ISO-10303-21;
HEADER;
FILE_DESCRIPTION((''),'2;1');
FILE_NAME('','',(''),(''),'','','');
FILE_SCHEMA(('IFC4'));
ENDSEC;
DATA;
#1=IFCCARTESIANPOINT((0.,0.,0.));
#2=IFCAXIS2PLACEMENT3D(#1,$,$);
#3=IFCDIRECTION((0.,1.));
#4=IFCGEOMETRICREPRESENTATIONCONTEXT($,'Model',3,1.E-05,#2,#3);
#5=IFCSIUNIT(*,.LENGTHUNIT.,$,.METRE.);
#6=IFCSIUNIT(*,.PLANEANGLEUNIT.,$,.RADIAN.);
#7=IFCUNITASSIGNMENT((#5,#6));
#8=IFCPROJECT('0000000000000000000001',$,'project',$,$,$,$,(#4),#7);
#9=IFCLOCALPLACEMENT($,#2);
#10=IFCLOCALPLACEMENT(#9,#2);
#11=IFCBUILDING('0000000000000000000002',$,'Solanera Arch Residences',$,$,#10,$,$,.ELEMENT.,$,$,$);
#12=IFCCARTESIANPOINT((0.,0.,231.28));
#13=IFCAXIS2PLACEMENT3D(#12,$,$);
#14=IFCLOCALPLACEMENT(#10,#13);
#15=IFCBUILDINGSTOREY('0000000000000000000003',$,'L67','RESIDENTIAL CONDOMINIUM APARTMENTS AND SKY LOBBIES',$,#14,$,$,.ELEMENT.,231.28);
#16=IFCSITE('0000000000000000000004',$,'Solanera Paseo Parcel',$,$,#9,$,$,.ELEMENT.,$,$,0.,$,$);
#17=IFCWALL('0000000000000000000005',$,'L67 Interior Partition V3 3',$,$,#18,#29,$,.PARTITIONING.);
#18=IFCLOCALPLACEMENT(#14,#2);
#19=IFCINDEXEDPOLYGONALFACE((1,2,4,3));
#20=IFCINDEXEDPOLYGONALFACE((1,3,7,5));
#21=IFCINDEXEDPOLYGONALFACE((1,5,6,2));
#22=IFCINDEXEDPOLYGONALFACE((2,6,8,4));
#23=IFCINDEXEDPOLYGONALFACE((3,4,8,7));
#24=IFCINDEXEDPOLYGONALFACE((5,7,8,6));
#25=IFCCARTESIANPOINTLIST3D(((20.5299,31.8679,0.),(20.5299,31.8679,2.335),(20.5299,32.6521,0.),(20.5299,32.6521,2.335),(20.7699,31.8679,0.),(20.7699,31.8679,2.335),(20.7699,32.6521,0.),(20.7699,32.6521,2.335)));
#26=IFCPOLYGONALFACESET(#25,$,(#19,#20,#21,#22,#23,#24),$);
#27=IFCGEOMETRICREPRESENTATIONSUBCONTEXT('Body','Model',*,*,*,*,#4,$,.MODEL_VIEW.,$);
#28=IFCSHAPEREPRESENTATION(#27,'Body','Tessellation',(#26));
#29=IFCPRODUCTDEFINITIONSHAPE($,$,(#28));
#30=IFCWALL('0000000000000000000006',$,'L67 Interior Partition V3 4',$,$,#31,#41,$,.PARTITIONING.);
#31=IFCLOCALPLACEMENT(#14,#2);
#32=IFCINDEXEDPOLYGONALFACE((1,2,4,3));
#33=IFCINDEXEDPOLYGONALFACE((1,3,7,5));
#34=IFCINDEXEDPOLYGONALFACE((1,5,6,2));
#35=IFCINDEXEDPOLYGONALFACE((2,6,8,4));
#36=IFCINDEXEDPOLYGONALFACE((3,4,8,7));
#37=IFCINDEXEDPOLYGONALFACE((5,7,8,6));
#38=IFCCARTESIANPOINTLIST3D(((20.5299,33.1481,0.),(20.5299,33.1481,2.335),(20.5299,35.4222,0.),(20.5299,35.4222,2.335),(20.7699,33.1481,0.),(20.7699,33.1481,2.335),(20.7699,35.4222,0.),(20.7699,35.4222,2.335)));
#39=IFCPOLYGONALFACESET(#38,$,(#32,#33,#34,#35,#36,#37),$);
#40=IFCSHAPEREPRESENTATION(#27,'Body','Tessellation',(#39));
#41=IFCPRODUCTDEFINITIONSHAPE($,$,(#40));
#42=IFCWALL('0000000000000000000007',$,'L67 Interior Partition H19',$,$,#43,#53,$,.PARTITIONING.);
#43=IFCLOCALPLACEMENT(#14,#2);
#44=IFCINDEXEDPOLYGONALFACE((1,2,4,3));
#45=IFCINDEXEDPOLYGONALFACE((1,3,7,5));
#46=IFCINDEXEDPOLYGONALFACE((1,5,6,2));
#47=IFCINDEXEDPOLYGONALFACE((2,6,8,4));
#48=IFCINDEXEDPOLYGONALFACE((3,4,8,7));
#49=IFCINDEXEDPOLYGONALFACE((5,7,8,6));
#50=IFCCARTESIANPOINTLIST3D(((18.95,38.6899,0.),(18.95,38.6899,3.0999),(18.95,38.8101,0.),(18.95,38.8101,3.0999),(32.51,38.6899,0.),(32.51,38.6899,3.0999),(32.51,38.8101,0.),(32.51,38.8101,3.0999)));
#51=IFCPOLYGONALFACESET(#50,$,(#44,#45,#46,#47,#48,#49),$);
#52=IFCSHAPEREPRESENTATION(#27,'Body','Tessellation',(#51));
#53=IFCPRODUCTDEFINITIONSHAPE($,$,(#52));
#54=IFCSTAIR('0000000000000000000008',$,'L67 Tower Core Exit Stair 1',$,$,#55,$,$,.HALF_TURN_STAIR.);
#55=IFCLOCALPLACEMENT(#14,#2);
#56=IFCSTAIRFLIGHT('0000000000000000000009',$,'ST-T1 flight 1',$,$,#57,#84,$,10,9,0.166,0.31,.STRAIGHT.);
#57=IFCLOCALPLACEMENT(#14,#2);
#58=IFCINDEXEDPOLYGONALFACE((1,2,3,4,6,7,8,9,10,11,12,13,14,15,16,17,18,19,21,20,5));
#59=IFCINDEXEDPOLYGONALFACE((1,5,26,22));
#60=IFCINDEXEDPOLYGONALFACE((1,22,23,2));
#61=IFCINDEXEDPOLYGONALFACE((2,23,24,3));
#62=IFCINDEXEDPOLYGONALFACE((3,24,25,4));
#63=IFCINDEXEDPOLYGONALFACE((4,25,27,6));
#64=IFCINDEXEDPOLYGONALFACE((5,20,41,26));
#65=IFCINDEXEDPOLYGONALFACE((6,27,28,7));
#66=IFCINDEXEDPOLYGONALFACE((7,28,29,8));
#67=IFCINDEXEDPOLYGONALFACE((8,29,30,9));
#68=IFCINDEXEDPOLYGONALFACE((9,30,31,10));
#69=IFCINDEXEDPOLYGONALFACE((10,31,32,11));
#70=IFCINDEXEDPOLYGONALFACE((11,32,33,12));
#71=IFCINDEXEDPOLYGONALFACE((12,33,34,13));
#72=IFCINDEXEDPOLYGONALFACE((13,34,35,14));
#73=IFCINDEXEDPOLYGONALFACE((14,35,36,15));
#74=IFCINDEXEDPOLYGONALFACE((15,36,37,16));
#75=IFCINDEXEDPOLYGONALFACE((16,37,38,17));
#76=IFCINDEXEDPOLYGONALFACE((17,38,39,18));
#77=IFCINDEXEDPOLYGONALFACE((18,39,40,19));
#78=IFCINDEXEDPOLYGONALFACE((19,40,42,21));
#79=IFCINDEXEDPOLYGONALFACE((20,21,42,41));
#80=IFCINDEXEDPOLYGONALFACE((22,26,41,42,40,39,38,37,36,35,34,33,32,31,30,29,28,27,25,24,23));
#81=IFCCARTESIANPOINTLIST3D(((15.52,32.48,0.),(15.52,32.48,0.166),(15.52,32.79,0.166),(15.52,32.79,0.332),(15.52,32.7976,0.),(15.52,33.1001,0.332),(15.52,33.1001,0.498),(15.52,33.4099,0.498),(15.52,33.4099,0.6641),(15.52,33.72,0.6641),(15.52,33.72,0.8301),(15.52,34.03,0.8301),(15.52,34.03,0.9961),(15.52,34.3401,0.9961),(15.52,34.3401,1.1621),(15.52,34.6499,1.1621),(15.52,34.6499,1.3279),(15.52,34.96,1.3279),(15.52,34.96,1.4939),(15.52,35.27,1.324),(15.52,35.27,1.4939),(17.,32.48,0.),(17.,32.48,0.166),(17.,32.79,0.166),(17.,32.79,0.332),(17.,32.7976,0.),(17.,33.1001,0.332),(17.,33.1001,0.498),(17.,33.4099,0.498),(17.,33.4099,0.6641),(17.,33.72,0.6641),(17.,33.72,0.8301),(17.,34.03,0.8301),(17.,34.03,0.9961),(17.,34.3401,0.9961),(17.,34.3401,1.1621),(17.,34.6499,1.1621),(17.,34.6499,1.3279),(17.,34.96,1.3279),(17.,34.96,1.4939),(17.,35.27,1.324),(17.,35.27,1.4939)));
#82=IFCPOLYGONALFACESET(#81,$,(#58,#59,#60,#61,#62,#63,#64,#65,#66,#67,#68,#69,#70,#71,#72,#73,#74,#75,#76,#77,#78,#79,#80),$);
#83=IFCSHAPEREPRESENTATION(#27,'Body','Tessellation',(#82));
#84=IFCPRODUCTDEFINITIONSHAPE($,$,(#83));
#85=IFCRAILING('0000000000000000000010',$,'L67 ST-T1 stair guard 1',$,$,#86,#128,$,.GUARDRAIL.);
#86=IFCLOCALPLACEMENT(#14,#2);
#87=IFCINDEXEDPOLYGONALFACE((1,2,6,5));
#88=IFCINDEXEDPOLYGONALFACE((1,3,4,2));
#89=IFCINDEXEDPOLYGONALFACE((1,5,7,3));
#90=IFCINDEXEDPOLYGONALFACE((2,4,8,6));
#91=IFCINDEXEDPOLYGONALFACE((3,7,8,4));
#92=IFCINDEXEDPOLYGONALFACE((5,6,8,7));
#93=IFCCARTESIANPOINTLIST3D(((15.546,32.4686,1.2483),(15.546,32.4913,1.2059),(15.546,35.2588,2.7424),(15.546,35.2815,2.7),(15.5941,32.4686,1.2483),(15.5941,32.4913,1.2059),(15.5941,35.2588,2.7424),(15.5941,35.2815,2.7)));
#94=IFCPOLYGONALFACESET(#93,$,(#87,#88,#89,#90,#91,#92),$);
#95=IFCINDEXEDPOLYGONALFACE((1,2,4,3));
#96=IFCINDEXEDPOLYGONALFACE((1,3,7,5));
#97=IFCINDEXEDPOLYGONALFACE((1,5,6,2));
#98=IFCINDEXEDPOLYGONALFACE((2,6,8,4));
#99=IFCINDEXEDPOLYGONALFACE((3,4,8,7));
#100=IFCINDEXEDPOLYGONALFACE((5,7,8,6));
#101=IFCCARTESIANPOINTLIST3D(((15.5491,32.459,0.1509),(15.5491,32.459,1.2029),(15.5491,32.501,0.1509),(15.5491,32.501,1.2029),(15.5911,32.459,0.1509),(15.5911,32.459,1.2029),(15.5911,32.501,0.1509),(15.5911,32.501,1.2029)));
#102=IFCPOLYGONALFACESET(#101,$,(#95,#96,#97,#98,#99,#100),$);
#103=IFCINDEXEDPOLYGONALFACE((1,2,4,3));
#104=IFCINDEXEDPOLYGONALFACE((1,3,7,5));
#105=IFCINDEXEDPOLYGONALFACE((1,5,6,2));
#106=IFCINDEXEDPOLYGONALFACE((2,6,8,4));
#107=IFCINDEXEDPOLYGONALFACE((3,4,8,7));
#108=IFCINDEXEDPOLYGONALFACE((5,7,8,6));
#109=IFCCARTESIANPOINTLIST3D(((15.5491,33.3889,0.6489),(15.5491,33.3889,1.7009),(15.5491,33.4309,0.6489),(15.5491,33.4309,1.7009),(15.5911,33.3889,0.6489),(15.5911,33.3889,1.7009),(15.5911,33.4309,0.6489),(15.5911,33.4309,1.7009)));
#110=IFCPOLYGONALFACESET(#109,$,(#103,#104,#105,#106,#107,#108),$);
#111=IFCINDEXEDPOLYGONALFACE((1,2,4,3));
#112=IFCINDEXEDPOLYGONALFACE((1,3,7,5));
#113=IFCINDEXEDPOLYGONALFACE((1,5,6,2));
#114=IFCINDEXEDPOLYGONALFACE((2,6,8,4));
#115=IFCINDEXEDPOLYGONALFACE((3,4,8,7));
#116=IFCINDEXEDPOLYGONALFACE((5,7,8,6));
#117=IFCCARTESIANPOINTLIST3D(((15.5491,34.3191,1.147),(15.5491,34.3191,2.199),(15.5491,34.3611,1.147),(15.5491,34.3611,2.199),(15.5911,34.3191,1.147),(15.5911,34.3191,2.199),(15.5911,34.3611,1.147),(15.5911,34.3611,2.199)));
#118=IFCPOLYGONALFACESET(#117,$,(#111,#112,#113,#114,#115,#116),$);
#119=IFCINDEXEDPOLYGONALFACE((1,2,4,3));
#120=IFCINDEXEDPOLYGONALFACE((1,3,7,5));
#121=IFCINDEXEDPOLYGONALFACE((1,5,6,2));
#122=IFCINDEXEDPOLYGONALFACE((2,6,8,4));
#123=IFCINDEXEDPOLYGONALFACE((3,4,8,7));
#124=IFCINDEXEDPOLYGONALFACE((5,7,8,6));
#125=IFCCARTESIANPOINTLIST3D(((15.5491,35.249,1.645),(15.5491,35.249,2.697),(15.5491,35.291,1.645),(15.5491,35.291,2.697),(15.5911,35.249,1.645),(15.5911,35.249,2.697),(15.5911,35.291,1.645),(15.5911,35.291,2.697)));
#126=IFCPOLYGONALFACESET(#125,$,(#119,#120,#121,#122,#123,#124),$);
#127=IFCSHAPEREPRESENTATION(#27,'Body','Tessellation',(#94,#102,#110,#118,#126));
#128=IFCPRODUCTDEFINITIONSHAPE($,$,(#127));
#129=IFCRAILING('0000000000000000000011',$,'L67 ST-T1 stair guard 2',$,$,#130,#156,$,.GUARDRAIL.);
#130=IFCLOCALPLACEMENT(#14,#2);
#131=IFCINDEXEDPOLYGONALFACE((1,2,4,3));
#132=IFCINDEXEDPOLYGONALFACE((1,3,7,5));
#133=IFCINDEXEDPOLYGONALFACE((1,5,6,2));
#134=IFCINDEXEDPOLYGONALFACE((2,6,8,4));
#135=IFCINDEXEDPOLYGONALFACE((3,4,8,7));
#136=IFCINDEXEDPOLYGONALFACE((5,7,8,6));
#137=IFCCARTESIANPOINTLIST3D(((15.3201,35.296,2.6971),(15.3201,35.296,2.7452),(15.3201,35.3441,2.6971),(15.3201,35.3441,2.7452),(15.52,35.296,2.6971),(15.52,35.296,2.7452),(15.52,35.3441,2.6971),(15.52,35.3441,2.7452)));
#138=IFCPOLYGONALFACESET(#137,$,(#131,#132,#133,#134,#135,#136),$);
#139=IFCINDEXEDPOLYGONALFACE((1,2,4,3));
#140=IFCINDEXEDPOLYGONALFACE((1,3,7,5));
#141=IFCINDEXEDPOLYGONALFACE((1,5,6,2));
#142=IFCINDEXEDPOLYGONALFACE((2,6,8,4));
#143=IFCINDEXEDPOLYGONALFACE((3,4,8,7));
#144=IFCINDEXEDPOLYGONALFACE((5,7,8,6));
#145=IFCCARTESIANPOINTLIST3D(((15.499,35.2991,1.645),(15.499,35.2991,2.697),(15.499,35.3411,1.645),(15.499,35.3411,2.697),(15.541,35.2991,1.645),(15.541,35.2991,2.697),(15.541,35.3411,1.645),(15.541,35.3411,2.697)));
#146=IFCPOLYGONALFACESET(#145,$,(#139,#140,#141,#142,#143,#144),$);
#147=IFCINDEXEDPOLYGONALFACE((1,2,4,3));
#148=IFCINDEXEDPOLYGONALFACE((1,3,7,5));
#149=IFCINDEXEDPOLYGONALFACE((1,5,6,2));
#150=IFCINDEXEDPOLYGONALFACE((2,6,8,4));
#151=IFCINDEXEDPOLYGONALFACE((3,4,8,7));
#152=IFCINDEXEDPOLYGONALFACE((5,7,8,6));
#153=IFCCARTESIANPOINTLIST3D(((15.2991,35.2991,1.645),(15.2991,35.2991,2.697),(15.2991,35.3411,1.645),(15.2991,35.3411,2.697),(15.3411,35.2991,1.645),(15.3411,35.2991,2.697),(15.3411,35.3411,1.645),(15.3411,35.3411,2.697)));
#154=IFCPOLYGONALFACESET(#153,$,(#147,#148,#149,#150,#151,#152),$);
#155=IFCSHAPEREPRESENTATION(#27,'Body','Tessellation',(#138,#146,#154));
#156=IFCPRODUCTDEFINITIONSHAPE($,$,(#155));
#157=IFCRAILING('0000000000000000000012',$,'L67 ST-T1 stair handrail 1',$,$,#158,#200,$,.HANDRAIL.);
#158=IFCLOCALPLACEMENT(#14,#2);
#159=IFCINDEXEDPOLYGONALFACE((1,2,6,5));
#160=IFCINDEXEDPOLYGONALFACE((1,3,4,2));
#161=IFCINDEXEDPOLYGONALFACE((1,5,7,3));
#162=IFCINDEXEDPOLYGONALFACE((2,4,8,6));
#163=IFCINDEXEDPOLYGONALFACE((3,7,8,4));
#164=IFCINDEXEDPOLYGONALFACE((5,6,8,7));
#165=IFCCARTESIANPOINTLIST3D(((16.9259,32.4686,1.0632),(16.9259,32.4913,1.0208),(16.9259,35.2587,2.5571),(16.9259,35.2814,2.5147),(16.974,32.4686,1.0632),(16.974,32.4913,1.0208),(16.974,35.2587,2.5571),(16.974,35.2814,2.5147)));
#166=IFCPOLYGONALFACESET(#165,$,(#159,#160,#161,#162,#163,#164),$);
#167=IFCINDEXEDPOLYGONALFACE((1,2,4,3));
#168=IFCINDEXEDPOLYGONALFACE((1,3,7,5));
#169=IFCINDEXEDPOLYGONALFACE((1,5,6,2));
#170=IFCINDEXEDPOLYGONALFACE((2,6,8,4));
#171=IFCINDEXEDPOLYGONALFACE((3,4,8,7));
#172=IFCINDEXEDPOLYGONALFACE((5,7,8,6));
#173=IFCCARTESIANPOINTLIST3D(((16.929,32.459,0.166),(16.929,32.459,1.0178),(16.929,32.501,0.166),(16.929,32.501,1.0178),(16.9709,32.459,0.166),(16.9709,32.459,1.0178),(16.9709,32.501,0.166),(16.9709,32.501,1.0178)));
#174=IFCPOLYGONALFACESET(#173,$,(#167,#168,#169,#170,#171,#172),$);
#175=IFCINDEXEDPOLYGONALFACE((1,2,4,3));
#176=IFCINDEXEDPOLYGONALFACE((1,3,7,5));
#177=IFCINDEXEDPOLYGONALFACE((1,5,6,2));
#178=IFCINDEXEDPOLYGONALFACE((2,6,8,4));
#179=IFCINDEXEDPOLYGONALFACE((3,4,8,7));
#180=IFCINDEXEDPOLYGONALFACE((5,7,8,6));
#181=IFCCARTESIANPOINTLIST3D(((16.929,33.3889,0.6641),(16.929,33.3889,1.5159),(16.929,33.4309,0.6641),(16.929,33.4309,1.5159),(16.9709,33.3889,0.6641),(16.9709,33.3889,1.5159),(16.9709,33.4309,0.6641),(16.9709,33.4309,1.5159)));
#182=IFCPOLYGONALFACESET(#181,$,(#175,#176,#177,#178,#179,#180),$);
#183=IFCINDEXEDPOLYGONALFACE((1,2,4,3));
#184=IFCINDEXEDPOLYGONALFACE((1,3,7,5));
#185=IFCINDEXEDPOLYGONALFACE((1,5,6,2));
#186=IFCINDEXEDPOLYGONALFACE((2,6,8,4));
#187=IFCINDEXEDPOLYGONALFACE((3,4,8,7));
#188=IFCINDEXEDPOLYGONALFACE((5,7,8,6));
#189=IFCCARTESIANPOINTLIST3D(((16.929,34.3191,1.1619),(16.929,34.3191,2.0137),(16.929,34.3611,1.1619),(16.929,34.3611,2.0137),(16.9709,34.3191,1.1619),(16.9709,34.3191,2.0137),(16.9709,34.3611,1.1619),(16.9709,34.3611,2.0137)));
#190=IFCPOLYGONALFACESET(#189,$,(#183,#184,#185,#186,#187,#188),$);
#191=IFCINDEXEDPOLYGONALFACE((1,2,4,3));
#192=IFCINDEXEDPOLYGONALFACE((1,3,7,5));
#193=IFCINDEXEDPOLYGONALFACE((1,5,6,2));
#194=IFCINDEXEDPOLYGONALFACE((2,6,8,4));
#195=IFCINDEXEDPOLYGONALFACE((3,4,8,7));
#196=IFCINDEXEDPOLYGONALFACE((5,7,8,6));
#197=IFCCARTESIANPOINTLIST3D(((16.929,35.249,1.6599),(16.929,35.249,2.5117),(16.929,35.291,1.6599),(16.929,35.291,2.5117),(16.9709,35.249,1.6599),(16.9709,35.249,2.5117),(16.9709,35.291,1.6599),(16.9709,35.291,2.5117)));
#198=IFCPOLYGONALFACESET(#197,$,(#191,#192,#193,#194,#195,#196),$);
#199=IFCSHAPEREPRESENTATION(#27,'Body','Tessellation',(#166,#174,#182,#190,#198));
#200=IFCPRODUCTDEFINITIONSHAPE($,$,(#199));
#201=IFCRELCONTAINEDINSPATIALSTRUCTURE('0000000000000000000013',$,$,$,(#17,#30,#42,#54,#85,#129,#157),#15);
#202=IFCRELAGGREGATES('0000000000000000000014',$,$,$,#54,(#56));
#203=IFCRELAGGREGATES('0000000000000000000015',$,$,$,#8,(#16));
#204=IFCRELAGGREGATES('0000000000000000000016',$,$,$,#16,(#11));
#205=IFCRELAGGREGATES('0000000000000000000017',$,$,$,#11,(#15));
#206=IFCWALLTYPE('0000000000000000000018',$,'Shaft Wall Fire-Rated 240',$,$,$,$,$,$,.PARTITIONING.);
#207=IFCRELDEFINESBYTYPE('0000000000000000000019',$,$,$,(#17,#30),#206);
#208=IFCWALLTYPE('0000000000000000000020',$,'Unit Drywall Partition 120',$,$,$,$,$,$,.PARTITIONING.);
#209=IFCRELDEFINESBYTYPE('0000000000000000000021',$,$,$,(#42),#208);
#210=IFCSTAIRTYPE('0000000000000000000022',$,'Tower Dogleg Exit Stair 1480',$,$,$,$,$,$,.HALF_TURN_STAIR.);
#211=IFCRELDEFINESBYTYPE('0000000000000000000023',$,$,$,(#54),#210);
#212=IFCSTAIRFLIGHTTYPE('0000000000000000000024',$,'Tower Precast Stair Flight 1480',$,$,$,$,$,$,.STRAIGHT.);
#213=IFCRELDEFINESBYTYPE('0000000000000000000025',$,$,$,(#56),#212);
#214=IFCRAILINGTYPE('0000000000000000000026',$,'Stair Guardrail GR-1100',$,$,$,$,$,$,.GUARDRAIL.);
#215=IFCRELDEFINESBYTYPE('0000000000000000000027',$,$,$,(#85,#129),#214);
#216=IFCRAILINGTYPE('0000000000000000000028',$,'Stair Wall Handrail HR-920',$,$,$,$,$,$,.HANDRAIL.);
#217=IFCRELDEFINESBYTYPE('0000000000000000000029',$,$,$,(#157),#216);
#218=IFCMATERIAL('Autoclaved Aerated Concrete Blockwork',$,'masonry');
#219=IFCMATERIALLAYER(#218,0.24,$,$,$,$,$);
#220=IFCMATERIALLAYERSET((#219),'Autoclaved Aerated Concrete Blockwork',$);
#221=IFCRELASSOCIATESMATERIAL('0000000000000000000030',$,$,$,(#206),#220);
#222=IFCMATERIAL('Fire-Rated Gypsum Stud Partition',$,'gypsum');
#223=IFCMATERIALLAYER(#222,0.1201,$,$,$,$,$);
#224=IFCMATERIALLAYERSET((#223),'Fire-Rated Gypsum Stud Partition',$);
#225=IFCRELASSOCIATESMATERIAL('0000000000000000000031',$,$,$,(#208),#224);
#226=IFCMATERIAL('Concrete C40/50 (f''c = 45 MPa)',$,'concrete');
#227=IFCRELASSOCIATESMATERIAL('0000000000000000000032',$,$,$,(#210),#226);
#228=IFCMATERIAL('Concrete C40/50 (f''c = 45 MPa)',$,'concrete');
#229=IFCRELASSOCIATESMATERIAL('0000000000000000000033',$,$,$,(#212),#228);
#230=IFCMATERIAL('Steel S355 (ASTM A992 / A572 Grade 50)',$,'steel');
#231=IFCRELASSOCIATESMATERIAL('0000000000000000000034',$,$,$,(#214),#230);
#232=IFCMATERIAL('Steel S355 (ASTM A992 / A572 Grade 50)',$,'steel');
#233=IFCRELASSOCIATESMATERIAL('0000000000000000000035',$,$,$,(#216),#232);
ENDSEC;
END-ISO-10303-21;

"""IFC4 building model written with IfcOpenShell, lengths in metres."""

from ifc_helpers import new_model, si_unit, direction, frame, frame_2d, origin, origin_2d, place, context, subcontext, project, spatial, polyline, rectangle, outline, extrude, material, layer, layer_set, type_object, element, aggregate, save


model = new_model("IFC4")

# Units and contexts
model_context = context("Model", 3, precision=1e-05, world=origin(), true_north=direction((0.0, 1.0)))
body_context = subcontext(model_context, "Body", "Model", "MODEL_VIEW")
ifc_project = project(units=[si_unit("LENGTHUNIT", "METRE"), si_unit("PLANEANGLEUNIT", "RADIAN")], contexts=[model_context])

# Site, building, storey
site_placement = place(None, origin())
site = spatial("IfcSite", under=ifc_project, at=site_placement, Name="Solanera Paseo Parcel", CompositionType="ELEMENT", RefElevation=0.0)
building_placement = place(site_placement, origin())
building = spatial("IfcBuilding", under=site, at=building_placement, Name="Solanera Arch Residences", CompositionType="ELEMENT")
storey_placement = place(building_placement, frame((0.0, 0.0, 231.28)))
storey = spatial("IfcBuildingStorey", under=building, at=storey_placement, Name="L67", Description="RESIDENTIAL CONDOMINIUM APARTMENTS AND SKY LOBBIES", CompositionType="ELEMENT", Elevation=231.28)

# Shared definitions
ifc_material_1 = material(Name="Autoclaved Aerated Concrete Blockwork", Category="masonry")
ifc_layer_1 = layer(ifc_material_1, 0.24)
ifc_layer_set_1 = layer_set([ifc_layer_1], Name="Autoclaved Aerated Concrete Blockwork")
wall_type_1 = type_object("IfcWallType", Name="Shaft Wall Fire-Rated 240", PredefinedType="PARTITIONING", material=ifc_layer_set_1)

# Walls
wall_1_placement = place(storey_placement, frame((20.6499, 31.8679, 0.0), z_axis=(0.0, 0.0, 1.0), x_axis=(0.0, 1.0, 0.0)))
element("IfcWall", 1, at=wall_1_placement, inside=storey, type_object=wall_type_1, Name="L67 Interior Partition V3 3", PredefinedType="PARTITIONING", context=body_context, shape_type="SweptSolid", body=[
    extrude(rectangle(XDim=0.7842, YDim=0.24, at=frame_2d((0.3921, 0.0))), origin(), (0.0, 0.0, 1.0), 2.335),
])
wall_2_placement = place(storey_placement, frame((20.6499, 33.1479, 0.0), z_axis=(0.0, 0.0, 1.0), x_axis=(0.0, 1.0, 0.0)))
element("IfcWall", 2, at=wall_2_placement, inside=storey, type_object=wall_type_1, Name="L67 Interior Partition V3 4", PredefinedType="PARTITIONING", context=body_context, shape_type="SweptSolid", body=[
    extrude(rectangle(XDim=2.2742, YDim=0.24, at=frame_2d((1.1372, 0.0))), origin(), (0.0, 0.0, 1.0), 2.335),
])
ifc_material_2 = material(Name="Fire-Rated Gypsum Stud Partition", Category="gypsum")
ifc_layer_2 = layer(ifc_material_2, 0.1201)
ifc_layer_set_2 = layer_set([ifc_layer_2], Name="Fire-Rated Gypsum Stud Partition")
wall_type_2 = type_object("IfcWallType", Name="Unit Drywall Partition 120", PredefinedType="PARTITIONING", material=ifc_layer_set_2)
wall_3_placement = place(storey_placement, frame((18.95, 38.75, 0.0), z_axis=(0.0, 0.0, 1.0), x_axis=(1.0, 0.0, 0.0)))
element("IfcWall", 3, at=wall_3_placement, inside=storey, type_object=wall_type_2, Name="L67 Interior Partition H19", PredefinedType="PARTITIONING", context=body_context, shape_type="SweptSolid", body=[
    extrude(rectangle(XDim=13.5601, YDim=0.1201, at=frame_2d((6.78, 0.0))), origin(), (0.0, 0.0, 1.0), 3.0999),
])

# Stair, stair flight
ifc_material_3 = material(Name="Concrete C40/50 (f'c = 45 MPa)", Category="concrete")
stair_type = type_object("IfcStairType", Name="Tower Dogleg Exit Stair 1480", PredefinedType="HALF_TURN_STAIR", material=ifc_material_3)
stair_placement = place(storey_placement, origin())
stair = element("IfcStair", 4, at=stair_placement, inside=storey, type_object=stair_type, Name="L67 Tower Core Exit Stair 1", PredefinedType="HALF_TURN_STAIR")
ifc_material_4 = material(Name="Concrete C40/50 (f'c = 45 MPa)", Category="concrete")
stair_flight_type = type_object("IfcStairFlightType", Name="Tower Precast Stair Flight 1480", PredefinedType="STRAIGHT", material=ifc_material_4)
stair_flight_placement = place(storey_placement, frame((16.26, 32.48, 0.0), z_axis=(0.0, 0.0, 1.0), x_axis=(0.0, 1.0, 0.0)))
stair_flight = element("IfcStairFlight", 5, at=stair_flight_placement, type_object=stair_flight_type, Name="ST-T1 flight 1", NumberOfRisers=10, NumberOfTreads=9, PredefinedType="STRAIGHT", RiserHeight=0.166, TreadLength=0.31, context=body_context, shape_type="SweptSolid", body=[
    extrude(outline(polyline([(0.0, 0.0), (0.0, 0.166), (0.3101, 0.166), (0.3101, 0.332), (0.6201, 0.332), (0.6201, 0.498), (0.9299, 0.498), (0.9299, 0.6641), (1.24, 0.6641), (1.24, 0.8301), (1.55, 0.8301), (1.55, 0.9961), (1.8601, 0.9961), (1.8601, 1.1621), (2.1699, 1.1621), (2.1699, 1.3279), (2.48, 1.3279), (2.48, 1.4939), (2.79, 1.4939), (2.79, 1.6599), (2.79, 1.324), (0.3176, 0.0), (0.0, 0.0)])), frame((0.0, 0.74, 0.0), z_axis=(0.0, -1.0, 0.0), x_axis=(1.0, 0.0, 0.0)), (0.0, 0.0, 1.0), 1.48),
])
aggregate(stair, [stair_flight])

# Railings
ifc_material_5 = material(Name="Steel S355 (ASTM A992 / A572 Grade 50)", Category="steel")
railing_type_1 = type_object("IfcRailingType", Name="Stair Guardrail GR-1100", PredefinedType="GUARDRAIL", material=ifc_material_5)
railing_1_placement = place(storey_placement, frame((15.5701, 32.48, 0.1509)))
element("IfcRailing", 6, at=railing_1_placement, inside=storey, type_object=railing_type_1, Name="L67 ST-T1 stair guard 1", PredefinedType="GUARDRAIL", context=body_context, shape_type="SweptSolid", body=[
    extrude(rectangle(XDim=0.0481, YDim=0.0481, at=origin_2d()), frame((0.0, 0.0, 1.0762), z_axis=(0.0, 0.881549, 0.472093), x_axis=(-1.0, 0.0, 0.0)), (0.0, 0.0, 1.0), 3.165),
    extrude(rectangle(XDim=0.042, YDim=0.042, at=origin_2d()), origin(), (0.0, 0.0, 1.0), 1.052),
    extrude(rectangle(XDim=0.042, YDim=0.042, at=origin_2d()), frame((0.0, 0.9299, 0.498)), (0.0, 0.0, 1.0), 1.052),
    extrude(rectangle(XDim=0.042, YDim=0.042, at=origin_2d()), frame((0.0, 1.8601, 0.9961)), (0.0, 0.0, 1.0), 1.052),
    extrude(rectangle(XDim=0.042, YDim=0.042, at=origin_2d()), frame((0.0, 2.79, 1.4941)), (0.0, 0.0, 1.0), 1.052),
])
railing_2_placement = place(storey_placement, frame((15.52, 35.3201, 1.645)))
element("IfcRailing", 7, at=railing_2_placement, inside=storey, type_object=railing_type_1, Name="L67 ST-T1 stair guard 2", PredefinedType="GUARDRAIL", context=body_context, shape_type="SweptSolid", body=[
    extrude(rectangle(XDim=0.0481, YDim=0.0481, at=origin_2d()), frame((0.0, 0.0, 1.0762), z_axis=(-1.0, 0.0, 0.0), x_axis=(0.0, -1.0, 0.0)), (0.0, 0.0, 1.0), 0.2),
    extrude(rectangle(XDim=0.042, YDim=0.042, at=origin_2d()), origin(), (0.0, 0.0, 1.0), 1.052),
    extrude(rectangle(XDim=0.042, YDim=0.042, at=origin_2d()), frame((-0.2, 0.0, 0.0)), (0.0, 0.0, 1.0), 1.052),
])
ifc_material_6 = material(Name="Steel S355 (ASTM A992 / A572 Grade 50)", Category="steel")
railing_type_2 = type_object("IfcRailingType", Name="Stair Wall Handrail HR-920", PredefinedType="HANDRAIL", material=ifc_material_6)
railing_3_placement = place(storey_placement, frame((16.95, 32.48, 0.166)))
element("IfcRailing", 8, at=railing_3_placement, inside=storey, type_object=railing_type_2, Name="L67 ST-T1 stair handrail 1", PredefinedType="HANDRAIL", context=body_context, shape_type="SweptSolid", body=[
    extrude(rectangle(XDim=0.0481, YDim=0.0481, at=origin_2d()), frame((0.0, 0.0, 0.876), z_axis=(0.0, 0.881581, 0.472033), x_axis=(-1.0, 0.0, 0.0)), (0.0, 0.0, 1.0), 3.1648),
    extrude(rectangle(XDim=0.042, YDim=0.042, at=origin_2d()), origin(), (0.0, 0.0, 1.0), 0.8518),
    extrude(rectangle(XDim=0.042, YDim=0.042, at=origin_2d()), frame((0.0, 0.9299, 0.498)), (0.0, 0.0, 1.0), 0.8518),
    extrude(rectangle(XDim=0.042, YDim=0.042, at=origin_2d()), frame((0.0, 1.8601, 0.9958)), (0.0, 0.0, 1.0), 0.8518),
    extrude(rectangle(XDim=0.042, YDim=0.042, at=origin_2d()), frame((0.0, 2.79, 1.4939)), (0.0, 0.0, 1.0), 0.8518),
])

save(model, "model.ifc")
